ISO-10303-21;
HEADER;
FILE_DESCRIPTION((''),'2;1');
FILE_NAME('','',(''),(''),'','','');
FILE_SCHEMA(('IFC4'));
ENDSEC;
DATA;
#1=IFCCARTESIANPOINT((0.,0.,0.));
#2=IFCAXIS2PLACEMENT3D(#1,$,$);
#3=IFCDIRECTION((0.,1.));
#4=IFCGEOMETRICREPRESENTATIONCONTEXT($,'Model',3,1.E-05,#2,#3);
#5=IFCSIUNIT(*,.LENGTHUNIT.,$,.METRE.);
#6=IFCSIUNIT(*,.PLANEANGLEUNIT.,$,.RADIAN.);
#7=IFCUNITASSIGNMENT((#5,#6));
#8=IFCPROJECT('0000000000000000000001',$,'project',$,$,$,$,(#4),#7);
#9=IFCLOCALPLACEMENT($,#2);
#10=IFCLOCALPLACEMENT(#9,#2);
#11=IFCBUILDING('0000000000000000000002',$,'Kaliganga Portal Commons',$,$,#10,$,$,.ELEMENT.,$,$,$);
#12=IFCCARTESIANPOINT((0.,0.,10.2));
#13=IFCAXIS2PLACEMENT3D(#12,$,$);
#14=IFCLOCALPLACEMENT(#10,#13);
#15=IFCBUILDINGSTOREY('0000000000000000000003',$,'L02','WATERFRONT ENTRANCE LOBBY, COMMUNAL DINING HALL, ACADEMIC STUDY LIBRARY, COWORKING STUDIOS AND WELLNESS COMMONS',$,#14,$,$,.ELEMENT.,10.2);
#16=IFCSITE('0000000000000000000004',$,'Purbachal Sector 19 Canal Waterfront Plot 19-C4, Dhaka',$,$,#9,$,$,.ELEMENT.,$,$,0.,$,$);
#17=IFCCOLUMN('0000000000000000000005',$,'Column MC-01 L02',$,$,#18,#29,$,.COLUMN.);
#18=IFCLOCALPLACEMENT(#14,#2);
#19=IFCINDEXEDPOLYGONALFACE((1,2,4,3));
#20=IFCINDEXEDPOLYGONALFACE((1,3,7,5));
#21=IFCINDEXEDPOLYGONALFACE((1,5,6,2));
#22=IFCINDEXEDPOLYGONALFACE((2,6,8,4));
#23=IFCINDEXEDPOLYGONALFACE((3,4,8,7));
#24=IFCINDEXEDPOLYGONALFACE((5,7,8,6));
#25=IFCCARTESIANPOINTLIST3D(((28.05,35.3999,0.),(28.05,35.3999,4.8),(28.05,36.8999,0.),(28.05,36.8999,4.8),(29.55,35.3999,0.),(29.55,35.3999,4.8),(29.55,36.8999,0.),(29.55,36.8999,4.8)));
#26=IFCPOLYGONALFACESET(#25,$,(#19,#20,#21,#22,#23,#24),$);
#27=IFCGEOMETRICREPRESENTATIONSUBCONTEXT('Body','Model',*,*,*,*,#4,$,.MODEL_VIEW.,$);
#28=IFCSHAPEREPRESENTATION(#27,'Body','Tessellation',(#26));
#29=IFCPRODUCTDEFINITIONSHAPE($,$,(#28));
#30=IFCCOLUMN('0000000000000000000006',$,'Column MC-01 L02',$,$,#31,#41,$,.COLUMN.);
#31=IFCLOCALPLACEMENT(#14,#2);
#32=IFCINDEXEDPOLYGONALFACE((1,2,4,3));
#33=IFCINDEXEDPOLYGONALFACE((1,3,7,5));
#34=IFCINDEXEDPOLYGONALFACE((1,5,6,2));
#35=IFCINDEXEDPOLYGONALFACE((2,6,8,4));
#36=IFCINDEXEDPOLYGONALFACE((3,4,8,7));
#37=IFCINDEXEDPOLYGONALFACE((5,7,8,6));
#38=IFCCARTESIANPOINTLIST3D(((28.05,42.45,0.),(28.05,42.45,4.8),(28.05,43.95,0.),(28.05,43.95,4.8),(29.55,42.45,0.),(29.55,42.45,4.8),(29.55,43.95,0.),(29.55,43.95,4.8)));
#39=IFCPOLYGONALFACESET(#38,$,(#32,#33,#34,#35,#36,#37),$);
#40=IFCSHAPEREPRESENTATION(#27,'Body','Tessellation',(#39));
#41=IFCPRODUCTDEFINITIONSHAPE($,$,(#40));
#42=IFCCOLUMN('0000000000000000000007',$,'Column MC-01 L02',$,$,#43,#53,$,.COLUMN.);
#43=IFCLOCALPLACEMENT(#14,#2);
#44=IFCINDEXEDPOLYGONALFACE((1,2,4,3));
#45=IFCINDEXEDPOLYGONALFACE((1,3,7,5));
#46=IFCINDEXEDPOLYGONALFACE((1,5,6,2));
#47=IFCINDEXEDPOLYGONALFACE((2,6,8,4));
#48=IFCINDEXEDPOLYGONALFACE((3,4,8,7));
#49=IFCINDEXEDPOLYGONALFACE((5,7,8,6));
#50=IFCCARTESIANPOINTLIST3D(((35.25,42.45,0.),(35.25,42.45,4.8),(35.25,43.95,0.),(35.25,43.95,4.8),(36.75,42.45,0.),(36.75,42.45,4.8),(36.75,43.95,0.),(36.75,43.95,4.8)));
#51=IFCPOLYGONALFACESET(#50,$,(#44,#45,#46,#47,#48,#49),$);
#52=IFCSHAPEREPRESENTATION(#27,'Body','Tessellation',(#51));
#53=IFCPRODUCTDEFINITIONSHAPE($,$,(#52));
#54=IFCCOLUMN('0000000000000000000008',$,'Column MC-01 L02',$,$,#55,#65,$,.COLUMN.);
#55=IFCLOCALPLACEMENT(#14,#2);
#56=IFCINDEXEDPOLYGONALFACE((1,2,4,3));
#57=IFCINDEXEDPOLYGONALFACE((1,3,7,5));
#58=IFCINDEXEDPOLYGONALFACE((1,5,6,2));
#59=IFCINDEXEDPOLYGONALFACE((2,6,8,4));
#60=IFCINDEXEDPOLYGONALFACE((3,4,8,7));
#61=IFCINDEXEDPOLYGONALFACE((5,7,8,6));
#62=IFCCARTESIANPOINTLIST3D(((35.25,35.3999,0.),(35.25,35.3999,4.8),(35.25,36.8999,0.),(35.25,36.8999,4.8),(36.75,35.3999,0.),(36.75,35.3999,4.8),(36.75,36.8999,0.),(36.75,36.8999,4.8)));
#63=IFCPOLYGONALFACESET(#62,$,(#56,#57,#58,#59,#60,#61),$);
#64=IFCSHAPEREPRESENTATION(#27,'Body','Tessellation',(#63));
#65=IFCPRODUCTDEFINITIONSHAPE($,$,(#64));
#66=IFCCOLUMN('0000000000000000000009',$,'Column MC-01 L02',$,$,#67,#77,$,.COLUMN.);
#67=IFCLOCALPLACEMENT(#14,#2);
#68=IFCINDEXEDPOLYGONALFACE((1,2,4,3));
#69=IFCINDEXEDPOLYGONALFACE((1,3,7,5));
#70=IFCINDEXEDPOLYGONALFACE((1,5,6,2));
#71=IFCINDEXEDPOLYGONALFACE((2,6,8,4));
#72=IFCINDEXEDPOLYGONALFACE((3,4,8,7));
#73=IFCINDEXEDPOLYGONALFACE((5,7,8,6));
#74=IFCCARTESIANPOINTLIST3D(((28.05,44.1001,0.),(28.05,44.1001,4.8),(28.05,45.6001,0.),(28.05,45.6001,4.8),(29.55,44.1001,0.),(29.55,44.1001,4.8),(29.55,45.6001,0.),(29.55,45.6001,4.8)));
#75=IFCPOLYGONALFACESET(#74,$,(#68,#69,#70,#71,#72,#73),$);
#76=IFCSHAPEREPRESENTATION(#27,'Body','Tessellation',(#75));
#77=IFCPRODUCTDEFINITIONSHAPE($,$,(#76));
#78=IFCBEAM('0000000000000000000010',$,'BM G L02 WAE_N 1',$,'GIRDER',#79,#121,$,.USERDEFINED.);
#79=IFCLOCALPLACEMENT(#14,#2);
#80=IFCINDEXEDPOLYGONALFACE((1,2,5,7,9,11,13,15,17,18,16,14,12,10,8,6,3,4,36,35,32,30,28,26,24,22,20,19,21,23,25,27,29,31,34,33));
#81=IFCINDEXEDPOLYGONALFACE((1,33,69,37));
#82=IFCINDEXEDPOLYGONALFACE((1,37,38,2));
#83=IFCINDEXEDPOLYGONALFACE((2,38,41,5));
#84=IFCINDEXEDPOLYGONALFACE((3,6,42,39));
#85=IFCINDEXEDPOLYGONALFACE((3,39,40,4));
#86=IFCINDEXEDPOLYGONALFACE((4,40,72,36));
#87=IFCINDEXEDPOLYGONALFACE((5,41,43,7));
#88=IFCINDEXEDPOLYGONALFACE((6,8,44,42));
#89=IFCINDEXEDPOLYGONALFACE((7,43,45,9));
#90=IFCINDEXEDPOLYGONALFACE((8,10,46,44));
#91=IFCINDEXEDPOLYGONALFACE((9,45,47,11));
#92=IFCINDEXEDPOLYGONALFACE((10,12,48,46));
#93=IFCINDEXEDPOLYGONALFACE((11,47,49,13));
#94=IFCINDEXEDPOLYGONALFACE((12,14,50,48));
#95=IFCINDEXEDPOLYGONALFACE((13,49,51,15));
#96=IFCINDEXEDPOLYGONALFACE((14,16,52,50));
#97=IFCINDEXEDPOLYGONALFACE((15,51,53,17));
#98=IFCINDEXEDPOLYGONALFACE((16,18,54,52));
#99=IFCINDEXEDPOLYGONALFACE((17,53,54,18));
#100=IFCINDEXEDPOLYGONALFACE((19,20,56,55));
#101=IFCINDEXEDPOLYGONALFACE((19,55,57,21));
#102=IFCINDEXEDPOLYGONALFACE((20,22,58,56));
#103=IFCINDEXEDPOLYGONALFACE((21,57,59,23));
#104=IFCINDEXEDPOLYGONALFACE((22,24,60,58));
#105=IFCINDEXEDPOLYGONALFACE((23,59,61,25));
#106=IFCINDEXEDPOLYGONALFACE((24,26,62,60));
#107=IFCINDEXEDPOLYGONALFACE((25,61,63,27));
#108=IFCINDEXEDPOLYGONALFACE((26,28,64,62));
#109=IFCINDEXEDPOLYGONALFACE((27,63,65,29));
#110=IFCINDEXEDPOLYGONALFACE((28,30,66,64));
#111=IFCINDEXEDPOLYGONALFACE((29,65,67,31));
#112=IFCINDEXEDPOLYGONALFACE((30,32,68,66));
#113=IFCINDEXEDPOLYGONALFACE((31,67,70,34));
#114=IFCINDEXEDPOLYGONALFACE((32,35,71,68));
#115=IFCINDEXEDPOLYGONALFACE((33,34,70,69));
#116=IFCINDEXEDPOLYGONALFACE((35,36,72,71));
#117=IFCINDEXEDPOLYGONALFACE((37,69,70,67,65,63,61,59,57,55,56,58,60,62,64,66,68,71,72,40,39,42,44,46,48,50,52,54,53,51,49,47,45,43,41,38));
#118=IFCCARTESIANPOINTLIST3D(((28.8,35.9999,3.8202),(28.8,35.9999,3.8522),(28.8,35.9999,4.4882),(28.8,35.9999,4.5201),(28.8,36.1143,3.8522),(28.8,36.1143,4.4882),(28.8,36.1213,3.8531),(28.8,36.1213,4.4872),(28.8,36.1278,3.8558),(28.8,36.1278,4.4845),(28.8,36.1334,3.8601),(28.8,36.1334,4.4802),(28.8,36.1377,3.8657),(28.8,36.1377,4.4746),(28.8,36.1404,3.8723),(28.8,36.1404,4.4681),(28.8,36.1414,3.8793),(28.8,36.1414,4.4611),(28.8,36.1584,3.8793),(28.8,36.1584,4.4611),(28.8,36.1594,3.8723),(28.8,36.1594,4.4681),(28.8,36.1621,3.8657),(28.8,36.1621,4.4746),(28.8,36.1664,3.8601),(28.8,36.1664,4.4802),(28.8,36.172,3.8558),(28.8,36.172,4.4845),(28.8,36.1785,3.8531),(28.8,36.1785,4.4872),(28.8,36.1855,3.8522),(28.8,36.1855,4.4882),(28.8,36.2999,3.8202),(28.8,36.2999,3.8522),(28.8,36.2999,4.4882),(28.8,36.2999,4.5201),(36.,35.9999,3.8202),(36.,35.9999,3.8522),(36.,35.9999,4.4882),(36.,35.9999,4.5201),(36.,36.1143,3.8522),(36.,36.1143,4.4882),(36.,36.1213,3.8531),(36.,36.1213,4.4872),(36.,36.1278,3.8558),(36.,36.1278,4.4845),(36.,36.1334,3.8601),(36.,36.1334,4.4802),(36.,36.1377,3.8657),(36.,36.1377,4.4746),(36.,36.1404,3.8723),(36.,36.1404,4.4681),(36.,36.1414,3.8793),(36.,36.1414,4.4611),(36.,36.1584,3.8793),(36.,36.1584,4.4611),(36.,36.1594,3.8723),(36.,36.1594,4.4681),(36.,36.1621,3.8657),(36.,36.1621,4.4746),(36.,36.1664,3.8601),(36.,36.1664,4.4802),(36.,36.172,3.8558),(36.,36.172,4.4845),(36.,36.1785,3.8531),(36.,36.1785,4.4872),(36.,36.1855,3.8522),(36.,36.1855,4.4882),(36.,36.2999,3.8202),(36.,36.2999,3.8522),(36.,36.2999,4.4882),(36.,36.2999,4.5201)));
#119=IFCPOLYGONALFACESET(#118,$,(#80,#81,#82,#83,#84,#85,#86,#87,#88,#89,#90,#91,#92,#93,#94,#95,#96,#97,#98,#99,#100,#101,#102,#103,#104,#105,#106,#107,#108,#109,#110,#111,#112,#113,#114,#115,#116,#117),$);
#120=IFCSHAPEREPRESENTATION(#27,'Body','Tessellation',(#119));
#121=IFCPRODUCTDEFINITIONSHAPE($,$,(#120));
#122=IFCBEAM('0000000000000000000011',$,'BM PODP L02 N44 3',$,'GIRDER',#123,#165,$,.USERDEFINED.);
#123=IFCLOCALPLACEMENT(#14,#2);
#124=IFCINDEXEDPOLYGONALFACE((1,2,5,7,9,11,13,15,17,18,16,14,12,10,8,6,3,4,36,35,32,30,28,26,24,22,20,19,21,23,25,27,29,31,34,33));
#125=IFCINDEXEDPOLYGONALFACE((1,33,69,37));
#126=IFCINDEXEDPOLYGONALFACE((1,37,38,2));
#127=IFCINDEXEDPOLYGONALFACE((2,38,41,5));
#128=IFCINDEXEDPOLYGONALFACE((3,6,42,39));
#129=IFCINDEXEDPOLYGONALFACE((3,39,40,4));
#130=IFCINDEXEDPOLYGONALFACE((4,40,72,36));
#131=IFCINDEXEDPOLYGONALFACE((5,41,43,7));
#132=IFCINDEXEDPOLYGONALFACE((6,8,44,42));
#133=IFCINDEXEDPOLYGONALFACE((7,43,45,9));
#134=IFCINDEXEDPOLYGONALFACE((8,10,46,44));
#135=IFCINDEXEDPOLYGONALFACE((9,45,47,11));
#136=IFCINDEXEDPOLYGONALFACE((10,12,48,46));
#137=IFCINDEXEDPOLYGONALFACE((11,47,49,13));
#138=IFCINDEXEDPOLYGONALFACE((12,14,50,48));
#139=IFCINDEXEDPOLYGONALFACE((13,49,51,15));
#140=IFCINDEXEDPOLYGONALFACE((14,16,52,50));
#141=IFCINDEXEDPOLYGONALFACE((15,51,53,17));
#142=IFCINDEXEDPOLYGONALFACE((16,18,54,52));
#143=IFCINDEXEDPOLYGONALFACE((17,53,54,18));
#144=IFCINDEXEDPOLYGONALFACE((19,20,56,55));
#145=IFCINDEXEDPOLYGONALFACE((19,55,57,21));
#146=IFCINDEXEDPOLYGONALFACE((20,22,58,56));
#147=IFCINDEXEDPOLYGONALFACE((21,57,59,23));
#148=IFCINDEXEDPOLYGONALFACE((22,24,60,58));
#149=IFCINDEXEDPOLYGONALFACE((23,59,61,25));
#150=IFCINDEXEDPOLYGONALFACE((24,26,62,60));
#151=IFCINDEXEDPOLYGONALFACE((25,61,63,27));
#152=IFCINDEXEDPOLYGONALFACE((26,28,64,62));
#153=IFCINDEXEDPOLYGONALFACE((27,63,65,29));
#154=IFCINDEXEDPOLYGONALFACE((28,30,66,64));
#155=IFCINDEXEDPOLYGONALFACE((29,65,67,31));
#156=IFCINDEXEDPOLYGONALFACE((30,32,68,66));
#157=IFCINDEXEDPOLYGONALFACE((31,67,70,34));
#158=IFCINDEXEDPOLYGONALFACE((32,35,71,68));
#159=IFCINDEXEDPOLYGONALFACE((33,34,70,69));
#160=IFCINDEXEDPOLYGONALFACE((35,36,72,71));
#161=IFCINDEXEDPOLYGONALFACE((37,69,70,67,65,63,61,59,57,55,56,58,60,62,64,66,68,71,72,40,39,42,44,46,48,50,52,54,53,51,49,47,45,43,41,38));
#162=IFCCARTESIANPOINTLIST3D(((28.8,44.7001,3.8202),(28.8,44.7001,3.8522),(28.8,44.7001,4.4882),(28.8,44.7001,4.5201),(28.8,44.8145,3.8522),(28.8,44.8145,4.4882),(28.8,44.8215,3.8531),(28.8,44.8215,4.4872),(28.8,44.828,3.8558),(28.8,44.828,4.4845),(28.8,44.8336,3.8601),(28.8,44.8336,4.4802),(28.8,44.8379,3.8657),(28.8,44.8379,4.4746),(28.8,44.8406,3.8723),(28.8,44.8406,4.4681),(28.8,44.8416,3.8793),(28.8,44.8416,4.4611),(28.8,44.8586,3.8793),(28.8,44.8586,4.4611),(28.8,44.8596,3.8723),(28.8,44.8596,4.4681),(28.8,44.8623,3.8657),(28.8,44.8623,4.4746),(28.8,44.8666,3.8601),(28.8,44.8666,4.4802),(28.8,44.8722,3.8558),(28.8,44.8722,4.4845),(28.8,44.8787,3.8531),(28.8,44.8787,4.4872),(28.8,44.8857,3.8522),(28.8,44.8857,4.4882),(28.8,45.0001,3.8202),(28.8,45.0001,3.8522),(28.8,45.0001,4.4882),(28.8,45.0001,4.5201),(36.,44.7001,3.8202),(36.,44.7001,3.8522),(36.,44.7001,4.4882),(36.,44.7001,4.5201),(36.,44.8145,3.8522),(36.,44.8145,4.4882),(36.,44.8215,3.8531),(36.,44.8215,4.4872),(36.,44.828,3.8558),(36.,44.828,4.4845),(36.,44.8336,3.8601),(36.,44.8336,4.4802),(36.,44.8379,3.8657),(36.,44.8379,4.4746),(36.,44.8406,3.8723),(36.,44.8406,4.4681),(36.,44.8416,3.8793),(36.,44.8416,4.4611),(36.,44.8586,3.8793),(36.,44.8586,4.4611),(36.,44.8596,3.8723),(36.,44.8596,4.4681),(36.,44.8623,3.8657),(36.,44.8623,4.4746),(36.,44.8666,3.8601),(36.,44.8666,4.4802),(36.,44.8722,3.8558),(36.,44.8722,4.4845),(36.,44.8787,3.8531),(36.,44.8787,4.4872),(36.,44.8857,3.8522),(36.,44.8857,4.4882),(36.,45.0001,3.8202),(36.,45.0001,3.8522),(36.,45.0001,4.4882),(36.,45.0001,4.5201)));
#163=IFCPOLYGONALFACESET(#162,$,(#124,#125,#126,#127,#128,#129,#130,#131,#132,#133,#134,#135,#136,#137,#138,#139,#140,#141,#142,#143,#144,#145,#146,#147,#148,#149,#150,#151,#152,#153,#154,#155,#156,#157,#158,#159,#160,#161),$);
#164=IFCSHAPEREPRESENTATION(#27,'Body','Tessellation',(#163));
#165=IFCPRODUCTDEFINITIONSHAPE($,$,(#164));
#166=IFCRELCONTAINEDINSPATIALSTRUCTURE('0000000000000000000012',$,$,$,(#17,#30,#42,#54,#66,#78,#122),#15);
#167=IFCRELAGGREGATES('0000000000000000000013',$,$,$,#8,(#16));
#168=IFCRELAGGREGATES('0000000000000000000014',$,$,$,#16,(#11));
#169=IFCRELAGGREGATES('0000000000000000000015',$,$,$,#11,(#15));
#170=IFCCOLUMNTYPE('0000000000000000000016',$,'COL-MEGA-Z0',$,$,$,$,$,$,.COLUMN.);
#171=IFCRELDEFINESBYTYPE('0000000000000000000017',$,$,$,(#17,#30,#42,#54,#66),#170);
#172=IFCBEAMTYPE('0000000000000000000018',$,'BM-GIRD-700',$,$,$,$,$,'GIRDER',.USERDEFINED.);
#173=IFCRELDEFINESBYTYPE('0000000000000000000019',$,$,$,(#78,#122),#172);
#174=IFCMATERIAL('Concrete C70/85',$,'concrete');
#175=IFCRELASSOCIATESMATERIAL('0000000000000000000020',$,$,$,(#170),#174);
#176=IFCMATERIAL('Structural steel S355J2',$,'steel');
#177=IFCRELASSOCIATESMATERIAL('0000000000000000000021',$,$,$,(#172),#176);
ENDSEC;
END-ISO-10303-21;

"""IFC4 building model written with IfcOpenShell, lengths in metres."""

from ifc_helpers import new_model, si_unit, direction, frame, origin, origin_2d, place, context, subcontext, project, spatial, rectangle, i_section, extrude, source, transform, mapped, material, material_profile, profile_set, type_object, element, save


model = new_model("IFC4")

# Units and contexts
model_context = context("Model", 3, precision=1e-05, world=origin(), true_north=direction((0.0, 1.0)))
body_context = subcontext(model_context, "Body", "Model", "MODEL_VIEW")
ifc_project = project(units=[si_unit("LENGTHUNIT", "METRE"), si_unit("PLANEANGLEUNIT", "RADIAN")], contexts=[model_context])

# Site, building, storey
site_placement = place(None, origin())
site = spatial("IfcSite", under=ifc_project, at=site_placement, Name="Purbachal Sector 19 Canal Waterfront Plot 19-C4, Dhaka", CompositionType="ELEMENT", RefElevation=0.0)
building_placement = place(site_placement, origin())
building = spatial("IfcBuilding", under=site, at=building_placement, Name="Kaliganga Portal Commons", CompositionType="ELEMENT")
storey_placement = place(building_placement, frame((0.0, 0.0, 10.2)))
storey = spatial("IfcBuildingStorey", under=building, at=storey_placement, Name="L02", Description="WATERFRONT ENTRANCE LOBBY, COMMUNAL DINING HALL, ACADEMIC STUDY LIBRARY, COWORKING STUDIOS AND WELLNESS COMMONS", CompositionType="ELEMENT", Elevation=10.2)

# Columns
ifc_material_1 = material(Name="Concrete C70/85", Category="concrete")
ifc_material_profile_1 = material_profile(ifc_material_1, rectangle(XDim=1.5, YDim=1.5, at=origin_2d()), Name="RC 1500x1500")
ifc_profile_set_1 = profile_set([ifc_material_profile_1], Name="Concrete C70/85")
column_type = type_object("IfcColumnType", Name="COL-MEGA-Z0", PredefinedType="COLUMN", material=ifc_profile_set_1)
shared_shape_1 = source(origin(), body_context, "Body", "SweptSolid", [
    extrude(rectangle(XDim=1.5, YDim=1.5, at=origin_2d()), origin(), (0.0, 0.0, 1.0), 4.8),
])
for number, where, z_axis, x_axis, name in (
    (1, (28.8, 36.1499, 0.0), (0.0, 0.0, 1.0), (1.0, 0.0, 0.0), "Column MC-01 L02"),
    (2, (28.8, 43.2, 0.0), (0.0, 0.0, 1.0), (1.0, 0.0, 0.0), "Column MC-01 L02"),
    (3, (36.0, 43.2, 0.0), (0.0, 0.0, 1.0), (1.0, 0.0, 0.0), "Column MC-01 L02"),
    (4, (36.0, 36.1499, 0.0), (0.0, 0.0, 1.0), (1.0, 0.0, 0.0), "Column MC-01 L02"),
    (5, (28.8, 44.8501, 0.0), (0.0, 0.0, 1.0), (1.0, 0.0, 0.0), "Column MC-01 L02"),
):
    element("IfcColumn", number, at=place(storey_placement, frame(where, z_axis=z_axis, x_axis=x_axis)), inside=storey, type_object=column_type, Name=name, PredefinedType="COLUMN", context=body_context, shape_type="MappedRepresentation", body=[
        mapped(shared_shape_1, transform((0.0, 0.0, 0.0), x_axis=(1.0, 0.0, 0.0), y_axis=(0.0, 1.0, 0.0), z_axis=(0.0, 0.0, 1.0), scale=1.0)),
    ])

# Beams
ifc_material_2 = material(Name="Structural steel S355J2", Category="steel")
ifc_material_profile_2 = material_profile(ifc_material_2, i_section(OverallWidth=0.3, OverallDepth=0.7, WebThickness=0.0171, FlangeThickness=0.032, FilletRadius=0.0271, at=origin_2d()), Name="HE 700 B")
ifc_profile_set_2 = profile_set([ifc_material_profile_2], Name="Structural steel S355J2 wide-flange")
beam_type_1 = type_object("IfcBeamType", Name="BM-GIRD-700", ElementType="GIRDER", PredefinedType="USERDEFINED", material=ifc_profile_set_2)
shared_shape_2 = source(origin(), body_context, "Body", "SweptSolid", [
    extrude(i_section(OverallWidth=0.3, OverallDepth=0.7, WebThickness=0.0171, FlangeThickness=0.032, FilletRadius=0.0271, at=origin_2d()), origin(), (0.0, 0.0, 1.0), 7.2),
])
for number, where, z_axis, x_axis, name in (
    (6, (28.8, 36.1499, 4.1702), (1.0, 0.0, 0.0), (0.0, 1.0, 0.0), "BM G L02 WAE_N 1"),
    (7, (28.8, 44.8501, 4.1702), (1.0, 0.0, 0.0), (0.0, 1.0, 0.0), "BM PODP L02 N44 3"),
):
    element("IfcBeam", number, at=place(storey_placement, frame(where, z_axis=z_axis, x_axis=x_axis)), inside=storey, type_object=beam_type_1, Name=name, ObjectType="GIRDER", PredefinedType="USERDEFINED", context=body_context, shape_type="MappedRepresentation", body=[
        mapped(shared_shape_2, transform((0.0, 0.0, 0.0), x_axis=(1.0, 0.0, 0.0), y_axis=(0.0, 1.0, 0.0), z_axis=(0.0, 0.0, 1.0), scale=1.0)),
    ])

save(model, "model.ifc")
